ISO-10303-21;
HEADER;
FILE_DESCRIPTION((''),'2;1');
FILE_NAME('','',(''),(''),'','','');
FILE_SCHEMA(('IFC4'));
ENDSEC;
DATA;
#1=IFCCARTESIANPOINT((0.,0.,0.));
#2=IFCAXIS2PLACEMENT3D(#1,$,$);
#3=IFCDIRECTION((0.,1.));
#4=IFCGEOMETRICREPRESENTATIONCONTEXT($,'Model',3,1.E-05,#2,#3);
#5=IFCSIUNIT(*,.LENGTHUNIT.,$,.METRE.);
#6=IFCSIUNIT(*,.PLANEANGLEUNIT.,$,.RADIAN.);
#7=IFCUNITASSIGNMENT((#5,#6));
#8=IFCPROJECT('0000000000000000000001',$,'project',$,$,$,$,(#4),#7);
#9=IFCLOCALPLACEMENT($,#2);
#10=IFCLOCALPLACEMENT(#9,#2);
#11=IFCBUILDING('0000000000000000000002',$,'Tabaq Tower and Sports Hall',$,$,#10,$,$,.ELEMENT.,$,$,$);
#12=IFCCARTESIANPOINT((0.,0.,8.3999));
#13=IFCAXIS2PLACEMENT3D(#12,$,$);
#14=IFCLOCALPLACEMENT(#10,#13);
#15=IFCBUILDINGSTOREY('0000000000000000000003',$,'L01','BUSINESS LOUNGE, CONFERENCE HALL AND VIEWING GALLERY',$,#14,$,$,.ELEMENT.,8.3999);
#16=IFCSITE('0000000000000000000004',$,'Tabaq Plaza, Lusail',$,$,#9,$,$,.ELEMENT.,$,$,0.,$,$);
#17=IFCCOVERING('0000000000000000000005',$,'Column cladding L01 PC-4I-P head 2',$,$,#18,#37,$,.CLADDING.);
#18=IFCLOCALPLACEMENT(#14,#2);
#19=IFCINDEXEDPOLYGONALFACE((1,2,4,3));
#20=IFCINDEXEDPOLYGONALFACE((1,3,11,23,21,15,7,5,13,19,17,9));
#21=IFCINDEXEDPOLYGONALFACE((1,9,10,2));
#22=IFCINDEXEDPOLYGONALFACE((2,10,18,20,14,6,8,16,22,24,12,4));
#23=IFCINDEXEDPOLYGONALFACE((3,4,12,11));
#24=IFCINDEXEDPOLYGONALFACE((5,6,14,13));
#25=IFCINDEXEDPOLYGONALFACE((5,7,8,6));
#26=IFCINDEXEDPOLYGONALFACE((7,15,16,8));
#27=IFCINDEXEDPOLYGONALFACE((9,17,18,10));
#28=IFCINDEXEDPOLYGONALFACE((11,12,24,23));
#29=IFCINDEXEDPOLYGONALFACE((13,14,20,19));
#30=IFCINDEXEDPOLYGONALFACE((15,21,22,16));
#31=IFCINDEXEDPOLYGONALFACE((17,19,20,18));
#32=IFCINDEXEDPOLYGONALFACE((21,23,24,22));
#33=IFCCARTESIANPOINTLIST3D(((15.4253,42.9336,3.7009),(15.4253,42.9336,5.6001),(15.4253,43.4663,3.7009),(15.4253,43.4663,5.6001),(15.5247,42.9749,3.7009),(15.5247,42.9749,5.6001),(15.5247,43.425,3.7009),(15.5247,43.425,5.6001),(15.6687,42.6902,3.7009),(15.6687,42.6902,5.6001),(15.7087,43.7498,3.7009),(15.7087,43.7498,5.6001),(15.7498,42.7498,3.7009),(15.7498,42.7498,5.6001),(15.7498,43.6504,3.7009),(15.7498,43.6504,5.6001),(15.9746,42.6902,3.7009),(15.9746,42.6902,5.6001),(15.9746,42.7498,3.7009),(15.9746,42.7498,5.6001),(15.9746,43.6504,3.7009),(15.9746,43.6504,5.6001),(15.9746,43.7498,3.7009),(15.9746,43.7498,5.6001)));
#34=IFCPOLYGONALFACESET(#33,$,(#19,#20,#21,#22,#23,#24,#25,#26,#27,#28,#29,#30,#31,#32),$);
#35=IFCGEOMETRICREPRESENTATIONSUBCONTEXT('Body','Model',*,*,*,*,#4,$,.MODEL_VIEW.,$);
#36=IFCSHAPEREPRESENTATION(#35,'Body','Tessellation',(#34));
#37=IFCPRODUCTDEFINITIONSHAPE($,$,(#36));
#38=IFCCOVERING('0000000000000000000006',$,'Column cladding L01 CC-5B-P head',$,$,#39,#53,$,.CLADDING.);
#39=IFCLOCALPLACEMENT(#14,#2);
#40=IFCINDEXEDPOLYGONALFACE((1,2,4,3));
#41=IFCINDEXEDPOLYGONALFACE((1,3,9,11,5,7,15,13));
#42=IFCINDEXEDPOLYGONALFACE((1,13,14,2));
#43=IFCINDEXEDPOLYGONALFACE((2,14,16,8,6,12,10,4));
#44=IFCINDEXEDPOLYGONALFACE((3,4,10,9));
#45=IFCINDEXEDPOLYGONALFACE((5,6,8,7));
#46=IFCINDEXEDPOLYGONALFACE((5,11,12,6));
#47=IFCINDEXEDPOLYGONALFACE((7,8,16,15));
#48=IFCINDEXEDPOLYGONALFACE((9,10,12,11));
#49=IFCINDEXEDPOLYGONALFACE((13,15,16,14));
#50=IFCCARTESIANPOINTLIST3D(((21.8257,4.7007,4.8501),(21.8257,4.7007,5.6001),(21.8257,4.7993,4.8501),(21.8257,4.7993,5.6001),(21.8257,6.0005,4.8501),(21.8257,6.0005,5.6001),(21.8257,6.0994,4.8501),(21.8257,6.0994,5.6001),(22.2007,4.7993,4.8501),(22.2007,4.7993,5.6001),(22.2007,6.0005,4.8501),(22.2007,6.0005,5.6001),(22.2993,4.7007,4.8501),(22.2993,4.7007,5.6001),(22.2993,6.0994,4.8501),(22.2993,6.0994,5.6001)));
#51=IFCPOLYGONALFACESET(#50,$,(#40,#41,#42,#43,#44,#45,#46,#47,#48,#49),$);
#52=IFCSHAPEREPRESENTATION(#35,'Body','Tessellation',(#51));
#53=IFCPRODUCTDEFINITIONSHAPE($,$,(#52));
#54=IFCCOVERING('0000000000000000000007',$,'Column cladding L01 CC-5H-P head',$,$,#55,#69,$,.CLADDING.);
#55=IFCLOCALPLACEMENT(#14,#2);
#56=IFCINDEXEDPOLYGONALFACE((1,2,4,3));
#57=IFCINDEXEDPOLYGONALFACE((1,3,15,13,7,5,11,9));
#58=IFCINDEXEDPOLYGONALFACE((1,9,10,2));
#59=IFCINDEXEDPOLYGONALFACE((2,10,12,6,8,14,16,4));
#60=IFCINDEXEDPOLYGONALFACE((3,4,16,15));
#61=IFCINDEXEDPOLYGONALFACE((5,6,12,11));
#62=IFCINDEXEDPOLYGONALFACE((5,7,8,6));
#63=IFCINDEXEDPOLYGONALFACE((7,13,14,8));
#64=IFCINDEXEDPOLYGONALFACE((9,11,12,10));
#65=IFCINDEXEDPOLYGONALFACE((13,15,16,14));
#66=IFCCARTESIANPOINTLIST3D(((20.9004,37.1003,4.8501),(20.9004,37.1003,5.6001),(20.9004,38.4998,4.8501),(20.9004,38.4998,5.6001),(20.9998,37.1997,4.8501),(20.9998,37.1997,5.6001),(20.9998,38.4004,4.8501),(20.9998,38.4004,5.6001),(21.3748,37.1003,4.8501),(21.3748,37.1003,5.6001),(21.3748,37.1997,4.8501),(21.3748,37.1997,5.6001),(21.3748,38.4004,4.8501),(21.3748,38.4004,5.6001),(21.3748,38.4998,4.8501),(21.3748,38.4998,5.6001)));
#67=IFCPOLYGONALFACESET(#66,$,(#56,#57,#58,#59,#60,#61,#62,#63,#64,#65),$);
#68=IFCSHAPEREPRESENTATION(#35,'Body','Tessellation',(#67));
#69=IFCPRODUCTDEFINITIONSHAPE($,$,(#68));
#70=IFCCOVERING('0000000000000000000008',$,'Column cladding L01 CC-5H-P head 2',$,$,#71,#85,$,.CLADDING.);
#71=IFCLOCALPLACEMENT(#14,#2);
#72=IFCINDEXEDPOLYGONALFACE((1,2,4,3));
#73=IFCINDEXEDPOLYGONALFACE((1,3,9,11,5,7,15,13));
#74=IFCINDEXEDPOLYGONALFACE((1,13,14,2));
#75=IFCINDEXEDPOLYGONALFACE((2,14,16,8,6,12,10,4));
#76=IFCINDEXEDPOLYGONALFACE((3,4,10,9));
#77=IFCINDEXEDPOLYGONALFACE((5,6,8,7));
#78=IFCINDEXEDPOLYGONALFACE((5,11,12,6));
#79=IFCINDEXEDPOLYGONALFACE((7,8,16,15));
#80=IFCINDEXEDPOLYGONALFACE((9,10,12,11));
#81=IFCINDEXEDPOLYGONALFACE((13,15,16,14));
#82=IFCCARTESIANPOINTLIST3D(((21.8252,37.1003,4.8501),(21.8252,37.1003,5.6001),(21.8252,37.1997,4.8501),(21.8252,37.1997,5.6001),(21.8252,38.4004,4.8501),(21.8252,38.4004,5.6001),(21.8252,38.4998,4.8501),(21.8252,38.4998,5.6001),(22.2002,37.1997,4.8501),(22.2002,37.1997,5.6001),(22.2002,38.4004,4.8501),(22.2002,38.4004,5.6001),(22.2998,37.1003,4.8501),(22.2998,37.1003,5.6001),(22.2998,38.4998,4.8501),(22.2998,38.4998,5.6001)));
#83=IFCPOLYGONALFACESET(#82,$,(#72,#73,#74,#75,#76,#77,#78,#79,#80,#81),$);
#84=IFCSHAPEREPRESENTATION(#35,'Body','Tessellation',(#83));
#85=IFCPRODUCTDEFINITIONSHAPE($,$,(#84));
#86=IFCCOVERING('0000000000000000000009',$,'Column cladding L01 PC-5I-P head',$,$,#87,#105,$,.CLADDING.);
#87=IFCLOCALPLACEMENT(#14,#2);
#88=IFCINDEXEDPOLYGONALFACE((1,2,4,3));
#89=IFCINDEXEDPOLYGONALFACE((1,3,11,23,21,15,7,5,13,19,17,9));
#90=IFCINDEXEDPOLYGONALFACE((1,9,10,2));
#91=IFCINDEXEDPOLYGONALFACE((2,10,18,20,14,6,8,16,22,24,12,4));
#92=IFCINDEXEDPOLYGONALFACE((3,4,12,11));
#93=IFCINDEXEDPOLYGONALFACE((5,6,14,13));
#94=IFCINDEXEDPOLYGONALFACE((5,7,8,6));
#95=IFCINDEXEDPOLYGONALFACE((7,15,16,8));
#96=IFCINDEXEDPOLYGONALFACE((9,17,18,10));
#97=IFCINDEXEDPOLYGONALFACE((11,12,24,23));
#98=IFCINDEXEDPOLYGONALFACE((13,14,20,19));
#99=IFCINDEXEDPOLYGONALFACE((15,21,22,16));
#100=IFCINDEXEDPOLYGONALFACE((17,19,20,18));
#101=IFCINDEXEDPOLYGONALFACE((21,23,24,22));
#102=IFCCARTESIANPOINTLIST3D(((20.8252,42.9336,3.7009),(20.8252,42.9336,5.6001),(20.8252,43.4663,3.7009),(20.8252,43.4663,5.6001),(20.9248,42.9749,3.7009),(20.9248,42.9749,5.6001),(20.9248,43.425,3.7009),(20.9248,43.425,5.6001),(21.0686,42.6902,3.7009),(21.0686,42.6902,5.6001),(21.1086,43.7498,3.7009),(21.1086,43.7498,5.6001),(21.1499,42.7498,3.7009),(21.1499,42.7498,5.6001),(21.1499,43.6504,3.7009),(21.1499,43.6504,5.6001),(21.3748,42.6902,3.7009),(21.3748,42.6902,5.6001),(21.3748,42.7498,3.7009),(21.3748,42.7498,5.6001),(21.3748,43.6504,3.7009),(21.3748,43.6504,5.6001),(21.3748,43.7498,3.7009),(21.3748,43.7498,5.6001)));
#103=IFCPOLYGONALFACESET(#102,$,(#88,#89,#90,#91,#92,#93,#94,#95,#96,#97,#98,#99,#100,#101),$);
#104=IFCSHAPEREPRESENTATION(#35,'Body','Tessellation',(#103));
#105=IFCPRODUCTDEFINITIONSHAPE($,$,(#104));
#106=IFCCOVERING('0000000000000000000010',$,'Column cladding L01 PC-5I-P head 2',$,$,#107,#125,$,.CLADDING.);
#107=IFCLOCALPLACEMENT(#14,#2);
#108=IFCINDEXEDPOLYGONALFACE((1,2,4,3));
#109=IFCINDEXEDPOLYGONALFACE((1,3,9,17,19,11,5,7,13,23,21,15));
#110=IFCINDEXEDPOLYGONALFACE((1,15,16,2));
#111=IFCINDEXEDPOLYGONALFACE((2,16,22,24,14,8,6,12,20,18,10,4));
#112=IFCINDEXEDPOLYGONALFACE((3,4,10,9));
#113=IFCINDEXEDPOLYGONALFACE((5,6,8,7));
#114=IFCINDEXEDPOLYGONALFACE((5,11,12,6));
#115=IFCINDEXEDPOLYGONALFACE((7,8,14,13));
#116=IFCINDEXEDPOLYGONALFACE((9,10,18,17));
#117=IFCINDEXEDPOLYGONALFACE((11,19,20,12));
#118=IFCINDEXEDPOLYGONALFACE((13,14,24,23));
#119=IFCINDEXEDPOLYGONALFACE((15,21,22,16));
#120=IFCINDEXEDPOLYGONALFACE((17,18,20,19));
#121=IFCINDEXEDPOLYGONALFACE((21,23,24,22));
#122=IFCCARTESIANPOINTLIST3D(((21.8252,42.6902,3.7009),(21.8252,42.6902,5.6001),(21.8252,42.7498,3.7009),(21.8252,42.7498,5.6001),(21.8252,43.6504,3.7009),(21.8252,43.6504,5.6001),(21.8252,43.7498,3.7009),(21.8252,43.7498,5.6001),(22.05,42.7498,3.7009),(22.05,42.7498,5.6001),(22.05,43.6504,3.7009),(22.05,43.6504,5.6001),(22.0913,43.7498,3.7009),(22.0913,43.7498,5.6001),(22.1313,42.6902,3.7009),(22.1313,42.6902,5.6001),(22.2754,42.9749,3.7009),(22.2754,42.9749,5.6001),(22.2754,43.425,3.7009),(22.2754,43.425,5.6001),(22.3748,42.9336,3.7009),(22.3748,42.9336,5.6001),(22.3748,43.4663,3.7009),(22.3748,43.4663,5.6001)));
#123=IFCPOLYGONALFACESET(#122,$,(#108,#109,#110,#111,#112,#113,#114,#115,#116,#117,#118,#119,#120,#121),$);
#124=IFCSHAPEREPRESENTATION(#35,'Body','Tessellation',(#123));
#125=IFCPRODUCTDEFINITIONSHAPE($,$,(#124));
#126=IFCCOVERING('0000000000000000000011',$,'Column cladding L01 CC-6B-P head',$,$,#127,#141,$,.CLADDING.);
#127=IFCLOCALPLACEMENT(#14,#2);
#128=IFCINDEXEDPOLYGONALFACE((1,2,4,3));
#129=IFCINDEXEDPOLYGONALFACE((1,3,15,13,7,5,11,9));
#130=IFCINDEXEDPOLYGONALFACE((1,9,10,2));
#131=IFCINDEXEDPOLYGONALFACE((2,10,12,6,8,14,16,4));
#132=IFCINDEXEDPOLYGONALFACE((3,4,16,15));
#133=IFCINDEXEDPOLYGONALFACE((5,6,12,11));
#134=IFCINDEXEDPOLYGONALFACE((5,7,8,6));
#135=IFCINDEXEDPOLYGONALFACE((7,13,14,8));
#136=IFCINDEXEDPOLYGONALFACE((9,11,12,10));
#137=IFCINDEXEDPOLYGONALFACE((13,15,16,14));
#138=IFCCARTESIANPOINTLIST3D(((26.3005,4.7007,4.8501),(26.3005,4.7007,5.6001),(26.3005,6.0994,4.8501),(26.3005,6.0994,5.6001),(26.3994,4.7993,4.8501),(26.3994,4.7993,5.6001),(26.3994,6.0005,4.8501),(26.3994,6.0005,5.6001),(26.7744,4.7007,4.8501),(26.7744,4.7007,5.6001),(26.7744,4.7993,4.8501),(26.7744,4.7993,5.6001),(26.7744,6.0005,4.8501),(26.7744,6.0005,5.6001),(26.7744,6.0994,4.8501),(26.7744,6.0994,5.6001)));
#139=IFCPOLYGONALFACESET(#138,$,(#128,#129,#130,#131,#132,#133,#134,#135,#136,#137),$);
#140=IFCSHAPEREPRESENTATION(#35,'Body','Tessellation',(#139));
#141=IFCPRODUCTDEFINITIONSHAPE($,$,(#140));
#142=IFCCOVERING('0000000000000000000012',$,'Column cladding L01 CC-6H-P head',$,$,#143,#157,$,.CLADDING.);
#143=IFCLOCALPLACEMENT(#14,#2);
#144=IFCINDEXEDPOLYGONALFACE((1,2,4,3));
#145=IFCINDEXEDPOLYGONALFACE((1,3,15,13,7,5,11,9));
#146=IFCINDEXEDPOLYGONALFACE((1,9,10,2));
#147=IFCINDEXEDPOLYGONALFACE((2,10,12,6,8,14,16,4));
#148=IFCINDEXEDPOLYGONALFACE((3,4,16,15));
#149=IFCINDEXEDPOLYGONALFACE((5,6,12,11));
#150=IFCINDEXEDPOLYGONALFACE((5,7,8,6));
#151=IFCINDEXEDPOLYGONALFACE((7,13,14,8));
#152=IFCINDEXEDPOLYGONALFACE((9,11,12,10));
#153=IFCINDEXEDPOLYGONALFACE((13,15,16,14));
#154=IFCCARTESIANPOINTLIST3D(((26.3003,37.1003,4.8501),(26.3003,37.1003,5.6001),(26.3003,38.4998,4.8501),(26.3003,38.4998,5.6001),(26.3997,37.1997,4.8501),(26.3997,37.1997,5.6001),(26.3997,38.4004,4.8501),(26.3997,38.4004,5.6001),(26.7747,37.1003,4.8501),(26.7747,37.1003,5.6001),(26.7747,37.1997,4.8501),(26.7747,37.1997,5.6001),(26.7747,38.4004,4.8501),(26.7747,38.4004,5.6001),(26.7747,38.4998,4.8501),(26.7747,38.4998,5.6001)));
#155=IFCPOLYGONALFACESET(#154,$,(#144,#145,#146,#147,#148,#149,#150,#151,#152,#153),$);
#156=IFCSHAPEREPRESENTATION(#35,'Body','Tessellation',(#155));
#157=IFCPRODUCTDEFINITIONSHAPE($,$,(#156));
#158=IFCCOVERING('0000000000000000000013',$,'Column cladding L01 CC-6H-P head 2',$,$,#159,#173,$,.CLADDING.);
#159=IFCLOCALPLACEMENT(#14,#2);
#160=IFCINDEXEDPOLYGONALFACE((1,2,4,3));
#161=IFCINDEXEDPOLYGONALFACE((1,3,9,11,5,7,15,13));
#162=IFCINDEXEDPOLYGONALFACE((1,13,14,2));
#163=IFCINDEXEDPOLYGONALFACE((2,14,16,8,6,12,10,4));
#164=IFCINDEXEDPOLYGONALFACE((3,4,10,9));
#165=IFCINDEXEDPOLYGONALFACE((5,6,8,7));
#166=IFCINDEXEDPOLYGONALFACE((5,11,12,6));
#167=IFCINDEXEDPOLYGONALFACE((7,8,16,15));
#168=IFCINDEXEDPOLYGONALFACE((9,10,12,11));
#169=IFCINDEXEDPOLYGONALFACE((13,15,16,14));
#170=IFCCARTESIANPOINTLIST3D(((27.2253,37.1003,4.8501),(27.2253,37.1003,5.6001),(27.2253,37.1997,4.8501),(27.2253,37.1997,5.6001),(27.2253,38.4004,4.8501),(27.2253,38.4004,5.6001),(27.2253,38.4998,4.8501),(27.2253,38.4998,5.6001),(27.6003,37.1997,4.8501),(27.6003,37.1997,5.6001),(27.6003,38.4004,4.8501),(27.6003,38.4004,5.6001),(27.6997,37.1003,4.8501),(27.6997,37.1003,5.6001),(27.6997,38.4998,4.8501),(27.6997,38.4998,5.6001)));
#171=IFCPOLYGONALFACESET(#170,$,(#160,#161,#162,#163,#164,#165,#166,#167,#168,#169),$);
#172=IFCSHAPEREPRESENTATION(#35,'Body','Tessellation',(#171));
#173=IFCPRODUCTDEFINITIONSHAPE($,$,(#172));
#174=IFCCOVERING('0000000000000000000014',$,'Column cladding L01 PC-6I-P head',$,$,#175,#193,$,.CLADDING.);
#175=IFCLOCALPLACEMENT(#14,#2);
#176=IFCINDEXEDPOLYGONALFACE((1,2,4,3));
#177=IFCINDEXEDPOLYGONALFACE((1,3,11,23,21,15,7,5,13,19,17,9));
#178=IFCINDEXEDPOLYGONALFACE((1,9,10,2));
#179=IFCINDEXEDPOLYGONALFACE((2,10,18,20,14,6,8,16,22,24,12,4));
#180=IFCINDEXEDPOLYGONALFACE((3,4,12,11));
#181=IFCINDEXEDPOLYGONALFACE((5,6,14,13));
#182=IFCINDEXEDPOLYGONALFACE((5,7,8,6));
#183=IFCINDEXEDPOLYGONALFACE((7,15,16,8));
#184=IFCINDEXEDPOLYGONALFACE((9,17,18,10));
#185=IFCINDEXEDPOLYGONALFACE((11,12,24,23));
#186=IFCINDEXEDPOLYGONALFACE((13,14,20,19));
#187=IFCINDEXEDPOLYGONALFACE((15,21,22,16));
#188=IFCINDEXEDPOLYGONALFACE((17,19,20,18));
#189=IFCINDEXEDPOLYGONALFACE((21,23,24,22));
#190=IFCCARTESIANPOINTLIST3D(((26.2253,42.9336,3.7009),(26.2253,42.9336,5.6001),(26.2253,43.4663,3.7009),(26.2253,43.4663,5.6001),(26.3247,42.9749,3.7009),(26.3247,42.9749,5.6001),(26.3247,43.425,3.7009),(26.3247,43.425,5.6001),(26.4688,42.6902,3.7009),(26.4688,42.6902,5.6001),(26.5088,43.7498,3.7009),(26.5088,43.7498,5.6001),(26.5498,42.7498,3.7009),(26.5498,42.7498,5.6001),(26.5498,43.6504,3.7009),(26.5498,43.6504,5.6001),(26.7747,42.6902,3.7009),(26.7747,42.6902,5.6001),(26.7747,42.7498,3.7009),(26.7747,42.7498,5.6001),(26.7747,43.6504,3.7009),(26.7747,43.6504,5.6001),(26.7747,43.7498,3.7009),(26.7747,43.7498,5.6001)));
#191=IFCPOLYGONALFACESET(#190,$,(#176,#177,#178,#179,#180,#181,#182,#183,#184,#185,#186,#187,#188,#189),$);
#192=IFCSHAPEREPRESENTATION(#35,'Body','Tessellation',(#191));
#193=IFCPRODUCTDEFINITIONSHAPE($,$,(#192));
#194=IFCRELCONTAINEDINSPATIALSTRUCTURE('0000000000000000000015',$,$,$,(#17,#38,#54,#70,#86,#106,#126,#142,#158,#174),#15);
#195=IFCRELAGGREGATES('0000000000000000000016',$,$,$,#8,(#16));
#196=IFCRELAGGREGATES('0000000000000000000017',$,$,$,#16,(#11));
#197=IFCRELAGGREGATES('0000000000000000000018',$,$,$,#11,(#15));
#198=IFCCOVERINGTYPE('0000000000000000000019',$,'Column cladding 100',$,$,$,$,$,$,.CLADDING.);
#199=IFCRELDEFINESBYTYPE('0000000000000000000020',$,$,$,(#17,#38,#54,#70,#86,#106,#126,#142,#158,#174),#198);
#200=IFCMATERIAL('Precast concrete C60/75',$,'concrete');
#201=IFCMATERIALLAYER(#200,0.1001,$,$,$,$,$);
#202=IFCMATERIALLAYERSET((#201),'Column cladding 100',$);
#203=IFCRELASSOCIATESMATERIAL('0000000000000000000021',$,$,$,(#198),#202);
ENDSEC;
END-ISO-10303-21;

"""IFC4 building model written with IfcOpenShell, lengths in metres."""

from ifc_helpers import new_model, si_unit, direction, frame, origin, place, context, subcontext, project, spatial, polyline, outline, extrude, material, layer, layer_set, type_object, element, save


model = new_model("IFC4")

# Units and contexts
model_context = context("Model", 3, precision=1e-05, world=origin(), true_north=direction((0.0, 1.0)))
body_context = subcontext(model_context, "Body", "Model", "MODEL_VIEW")
ifc_project = project(units=[si_unit("LENGTHUNIT", "METRE"), si_unit("PLANEANGLEUNIT", "RADIAN")], contexts=[model_context])

# Site, building, storey
site_placement = place(None, origin())
site = spatial("IfcSite", under=ifc_project, at=site_placement, Name="Tabaq Plaza, Lusail", CompositionType="ELEMENT", RefElevation=0.0)
building_placement = place(site_placement, origin())
building = spatial("IfcBuilding", under=site, at=building_placement, Name="Tabaq Tower and Sports Hall", CompositionType="ELEMENT")
storey_placement = place(building_placement, frame((0.0, 0.0, 8.3999)))
storey = spatial("IfcBuildingStorey", under=building, at=storey_placement, Name="L01", Description="BUSINESS LOUNGE, CONFERENCE HALL AND VIEWING GALLERY", CompositionType="ELEMENT", Elevation=8.3999)

# Coverings
ifc_material_1 = material(Name="Precast concrete C60/75", Category="concrete")
ifc_layer_1 = layer(ifc_material_1, 0.1001)
ifc_layer_set_1 = layer_set([ifc_layer_1], Name="Column cladding 100")
covering_type = type_object("IfcCoveringType", Name="Column cladding 100", PredefinedType="CLADDING", material=ifc_layer_set_1)
covering_1_placement = place(storey_placement, frame((0.0, 0.0, 3.7009)))
element("IfcCovering", 1, at=covering_1_placement, inside=storey, type_object=covering_type, Name="Column cladding L01 PC-4I-P head 2", PredefinedType="CLADDING", context=body_context, shape_type="SweptSolid", body=[
    extrude(outline(polyline([(15.7087, 43.7498), (15.9746, 43.7498), (15.9746, 43.6504), (15.7498, 43.6504), (15.5247, 43.425), (15.5247, 42.9749), (15.7498, 42.7498), (15.9746, 42.7498), (15.9746, 42.6902), (15.6687, 42.6902), (15.4253, 42.9336), (15.4253, 43.4663), (15.7087, 43.7498)])), origin(), (0.0, 0.0, 1.0), 1.8992),
])
covering_2_placement = place(storey_placement, frame((0.0, 0.0, 4.8501)))
element("IfcCovering", 2, at=covering_2_placement, inside=storey, type_object=covering_type, Name="Column cladding L01 CC-5B-P head", PredefinedType="CLADDING", context=body_context, shape_type="SweptSolid", body=[
    extrude(outline(polyline([(21.8257, 4.7993), (22.2007, 4.7993), (22.2007, 6.0005), (21.8257, 6.0005), (21.8257, 6.0994), (22.2993, 6.0994), (22.2993, 4.7007), (21.8257, 4.7007), (21.8257, 4.7993)])), origin(), (0.0, 0.0, 1.0), 0.75),
])
covering_3_placement = place(storey_placement, frame((0.0, 0.0, 4.8501)))
element("IfcCovering", 3, at=covering_3_placement, inside=storey, type_object=covering_type, Name="Column cladding L01 CC-5H-P head", PredefinedType="CLADDING", context=body_context, shape_type="SweptSolid", body=[
    extrude(outline(polyline([(21.3748, 38.4998), (21.3748, 38.4004), (20.9998, 38.4004), (20.9998, 37.1997), (21.3748, 37.1997), (21.3748, 37.1003), (20.9004, 37.1003), (20.9004, 38.4998), (21.3748, 38.4998)])), origin(), (0.0, 0.0, 1.0), 0.75),
])
covering_4_placement = place(storey_placement, frame((0.0, 0.0, 4.8501)))
element("IfcCovering", 4, at=covering_4_placement, inside=storey, type_object=covering_type, Name="Column cladding L01 CC-5H-P head 2", PredefinedType="CLADDING", context=body_context, shape_type="SweptSolid", body=[
    extrude(outline(polyline([(22.2998, 38.4998), (22.2998, 37.1003), (21.8252, 37.1003), (21.8252, 37.1997), (22.2002, 37.1997), (22.2002, 38.4004), (21.8252, 38.4004), (21.8252, 38.4998), (22.2998, 38.4998)])), origin(), (0.0, 0.0, 1.0), 0.75),
])
covering_5_placement = place(storey_placement, frame((0.0, 0.0, 3.7009)))
element("IfcCovering", 5, at=covering_5_placement, inside=storey, type_object=covering_type, Name="Column cladding L01 PC-5I-P head", PredefinedType="CLADDING", context=body_context, shape_type="SweptSolid", body=[
    extrude(outline(polyline([(21.1086, 43.7498), (21.3748, 43.7498), (21.3748, 43.6504), (21.1499, 43.6504), (20.9248, 43.425), (20.9248, 42.9749), (21.1499, 42.7498), (21.3748, 42.7498), (21.3748, 42.6902), (21.0686, 42.6902), (20.8252, 42.9336), (20.8252, 43.4663), (21.1086, 43.7498)])), origin(), (0.0, 0.0, 1.0), 1.8992),
])
covering_6_placement = place(storey_placement, frame((0.0, 0.0, 3.7009)))
element("IfcCovering", 6, at=covering_6_placement, inside=storey, type_object=covering_type, Name="Column cladding L01 PC-5I-P head 2", PredefinedType="CLADDING", context=body_context, shape_type="SweptSolid", body=[
    extrude(outline(polyline([(22.0913, 43.7498), (22.3748, 43.4663), (22.3748, 42.9336), (22.1313, 42.6902), (21.8252, 42.6902), (21.8252, 42.7498), (22.05, 42.7498), (22.2754, 42.9749), (22.2754, 43.425), (22.05, 43.6504), (21.8252, 43.6504), (21.8252, 43.7498), (22.0913, 43.7498)])), origin(), (0.0, 0.0, 1.0), 1.8992),
])
covering_7_placement = place(storey_placement, frame((0.0, 0.0, 4.8501)))
element("IfcCovering", 7, at=covering_7_placement, inside=storey, type_object=covering_type, Name="Column cladding L01 CC-6B-P head", PredefinedType="CLADDING", context=body_context, shape_type="SweptSolid", body=[
    extrude(outline(polyline([(26.3994, 6.0005), (26.3994, 4.7993), (26.7744, 4.7993), (26.7744, 4.7007), (26.3005, 4.7007), (26.3005, 6.0994), (26.7744, 6.0994), (26.7744, 6.0005), (26.3994, 6.0005)])), origin(), (0.0, 0.0, 1.0), 0.75),
])
covering_8_placement = place(storey_placement, frame((0.0, 0.0, 4.8501)))
element("IfcCovering", 8, at=covering_8_placement, inside=storey, type_object=covering_type, Name="Column cladding L01 CC-6H-P head", PredefinedType="CLADDING", context=body_context, shape_type="SweptSolid", body=[
    extrude(outline(polyline([(26.7747, 38.4998), (26.7747, 38.4004), (26.3997, 38.4004), (26.3997, 37.1997), (26.7747, 37.1997), (26.7747, 37.1003), (26.3003, 37.1003), (26.3003, 38.4998), (26.7747, 38.4998)])), origin(), (0.0, 0.0, 1.0), 0.75),
])
covering_9_placement = place(storey_placement, frame((0.0, 0.0, 4.8501)))
element("IfcCovering", 9, at=covering_9_placement, inside=storey, type_object=covering_type, Name="Column cladding L01 CC-6H-P head 2", PredefinedType="CLADDING", context=body_context, shape_type="SweptSolid", body=[
    extrude(outline(polyline([(27.6997, 38.4998), (27.6997, 37.1003), (27.2253, 37.1003), (27.2253, 37.1997), (27.6003, 37.1997), (27.6003, 38.4004), (27.2253, 38.4004), (27.2253, 38.4998), (27.6997, 38.4998)])), origin(), (0.0, 0.0, 1.0), 0.75),
])
covering_10_placement = place(storey_placement, frame((0.0, 0.0, 3.7009)))
element("IfcCovering", 10, at=covering_10_placement, inside=storey, type_object=covering_type, Name="Column cladding L01 PC-6I-P head", PredefinedType="CLADDING", context=body_context, shape_type="SweptSolid", body=[
    extrude(outline(polyline([(26.5088, 43.7498), (26.7747, 43.7498), (26.7747, 43.6504), (26.5498, 43.6504), (26.3247, 43.425), (26.3247, 42.9749), (26.5498, 42.7498), (26.7747, 42.7498), (26.7747, 42.6902), (26.4688, 42.6902), (26.2253, 42.9336), (26.2253, 43.4663), (26.5088, 43.7498)])), origin(), (0.0, 0.0, 1.0), 1.8992),
])

save(model, "model.ifc")
